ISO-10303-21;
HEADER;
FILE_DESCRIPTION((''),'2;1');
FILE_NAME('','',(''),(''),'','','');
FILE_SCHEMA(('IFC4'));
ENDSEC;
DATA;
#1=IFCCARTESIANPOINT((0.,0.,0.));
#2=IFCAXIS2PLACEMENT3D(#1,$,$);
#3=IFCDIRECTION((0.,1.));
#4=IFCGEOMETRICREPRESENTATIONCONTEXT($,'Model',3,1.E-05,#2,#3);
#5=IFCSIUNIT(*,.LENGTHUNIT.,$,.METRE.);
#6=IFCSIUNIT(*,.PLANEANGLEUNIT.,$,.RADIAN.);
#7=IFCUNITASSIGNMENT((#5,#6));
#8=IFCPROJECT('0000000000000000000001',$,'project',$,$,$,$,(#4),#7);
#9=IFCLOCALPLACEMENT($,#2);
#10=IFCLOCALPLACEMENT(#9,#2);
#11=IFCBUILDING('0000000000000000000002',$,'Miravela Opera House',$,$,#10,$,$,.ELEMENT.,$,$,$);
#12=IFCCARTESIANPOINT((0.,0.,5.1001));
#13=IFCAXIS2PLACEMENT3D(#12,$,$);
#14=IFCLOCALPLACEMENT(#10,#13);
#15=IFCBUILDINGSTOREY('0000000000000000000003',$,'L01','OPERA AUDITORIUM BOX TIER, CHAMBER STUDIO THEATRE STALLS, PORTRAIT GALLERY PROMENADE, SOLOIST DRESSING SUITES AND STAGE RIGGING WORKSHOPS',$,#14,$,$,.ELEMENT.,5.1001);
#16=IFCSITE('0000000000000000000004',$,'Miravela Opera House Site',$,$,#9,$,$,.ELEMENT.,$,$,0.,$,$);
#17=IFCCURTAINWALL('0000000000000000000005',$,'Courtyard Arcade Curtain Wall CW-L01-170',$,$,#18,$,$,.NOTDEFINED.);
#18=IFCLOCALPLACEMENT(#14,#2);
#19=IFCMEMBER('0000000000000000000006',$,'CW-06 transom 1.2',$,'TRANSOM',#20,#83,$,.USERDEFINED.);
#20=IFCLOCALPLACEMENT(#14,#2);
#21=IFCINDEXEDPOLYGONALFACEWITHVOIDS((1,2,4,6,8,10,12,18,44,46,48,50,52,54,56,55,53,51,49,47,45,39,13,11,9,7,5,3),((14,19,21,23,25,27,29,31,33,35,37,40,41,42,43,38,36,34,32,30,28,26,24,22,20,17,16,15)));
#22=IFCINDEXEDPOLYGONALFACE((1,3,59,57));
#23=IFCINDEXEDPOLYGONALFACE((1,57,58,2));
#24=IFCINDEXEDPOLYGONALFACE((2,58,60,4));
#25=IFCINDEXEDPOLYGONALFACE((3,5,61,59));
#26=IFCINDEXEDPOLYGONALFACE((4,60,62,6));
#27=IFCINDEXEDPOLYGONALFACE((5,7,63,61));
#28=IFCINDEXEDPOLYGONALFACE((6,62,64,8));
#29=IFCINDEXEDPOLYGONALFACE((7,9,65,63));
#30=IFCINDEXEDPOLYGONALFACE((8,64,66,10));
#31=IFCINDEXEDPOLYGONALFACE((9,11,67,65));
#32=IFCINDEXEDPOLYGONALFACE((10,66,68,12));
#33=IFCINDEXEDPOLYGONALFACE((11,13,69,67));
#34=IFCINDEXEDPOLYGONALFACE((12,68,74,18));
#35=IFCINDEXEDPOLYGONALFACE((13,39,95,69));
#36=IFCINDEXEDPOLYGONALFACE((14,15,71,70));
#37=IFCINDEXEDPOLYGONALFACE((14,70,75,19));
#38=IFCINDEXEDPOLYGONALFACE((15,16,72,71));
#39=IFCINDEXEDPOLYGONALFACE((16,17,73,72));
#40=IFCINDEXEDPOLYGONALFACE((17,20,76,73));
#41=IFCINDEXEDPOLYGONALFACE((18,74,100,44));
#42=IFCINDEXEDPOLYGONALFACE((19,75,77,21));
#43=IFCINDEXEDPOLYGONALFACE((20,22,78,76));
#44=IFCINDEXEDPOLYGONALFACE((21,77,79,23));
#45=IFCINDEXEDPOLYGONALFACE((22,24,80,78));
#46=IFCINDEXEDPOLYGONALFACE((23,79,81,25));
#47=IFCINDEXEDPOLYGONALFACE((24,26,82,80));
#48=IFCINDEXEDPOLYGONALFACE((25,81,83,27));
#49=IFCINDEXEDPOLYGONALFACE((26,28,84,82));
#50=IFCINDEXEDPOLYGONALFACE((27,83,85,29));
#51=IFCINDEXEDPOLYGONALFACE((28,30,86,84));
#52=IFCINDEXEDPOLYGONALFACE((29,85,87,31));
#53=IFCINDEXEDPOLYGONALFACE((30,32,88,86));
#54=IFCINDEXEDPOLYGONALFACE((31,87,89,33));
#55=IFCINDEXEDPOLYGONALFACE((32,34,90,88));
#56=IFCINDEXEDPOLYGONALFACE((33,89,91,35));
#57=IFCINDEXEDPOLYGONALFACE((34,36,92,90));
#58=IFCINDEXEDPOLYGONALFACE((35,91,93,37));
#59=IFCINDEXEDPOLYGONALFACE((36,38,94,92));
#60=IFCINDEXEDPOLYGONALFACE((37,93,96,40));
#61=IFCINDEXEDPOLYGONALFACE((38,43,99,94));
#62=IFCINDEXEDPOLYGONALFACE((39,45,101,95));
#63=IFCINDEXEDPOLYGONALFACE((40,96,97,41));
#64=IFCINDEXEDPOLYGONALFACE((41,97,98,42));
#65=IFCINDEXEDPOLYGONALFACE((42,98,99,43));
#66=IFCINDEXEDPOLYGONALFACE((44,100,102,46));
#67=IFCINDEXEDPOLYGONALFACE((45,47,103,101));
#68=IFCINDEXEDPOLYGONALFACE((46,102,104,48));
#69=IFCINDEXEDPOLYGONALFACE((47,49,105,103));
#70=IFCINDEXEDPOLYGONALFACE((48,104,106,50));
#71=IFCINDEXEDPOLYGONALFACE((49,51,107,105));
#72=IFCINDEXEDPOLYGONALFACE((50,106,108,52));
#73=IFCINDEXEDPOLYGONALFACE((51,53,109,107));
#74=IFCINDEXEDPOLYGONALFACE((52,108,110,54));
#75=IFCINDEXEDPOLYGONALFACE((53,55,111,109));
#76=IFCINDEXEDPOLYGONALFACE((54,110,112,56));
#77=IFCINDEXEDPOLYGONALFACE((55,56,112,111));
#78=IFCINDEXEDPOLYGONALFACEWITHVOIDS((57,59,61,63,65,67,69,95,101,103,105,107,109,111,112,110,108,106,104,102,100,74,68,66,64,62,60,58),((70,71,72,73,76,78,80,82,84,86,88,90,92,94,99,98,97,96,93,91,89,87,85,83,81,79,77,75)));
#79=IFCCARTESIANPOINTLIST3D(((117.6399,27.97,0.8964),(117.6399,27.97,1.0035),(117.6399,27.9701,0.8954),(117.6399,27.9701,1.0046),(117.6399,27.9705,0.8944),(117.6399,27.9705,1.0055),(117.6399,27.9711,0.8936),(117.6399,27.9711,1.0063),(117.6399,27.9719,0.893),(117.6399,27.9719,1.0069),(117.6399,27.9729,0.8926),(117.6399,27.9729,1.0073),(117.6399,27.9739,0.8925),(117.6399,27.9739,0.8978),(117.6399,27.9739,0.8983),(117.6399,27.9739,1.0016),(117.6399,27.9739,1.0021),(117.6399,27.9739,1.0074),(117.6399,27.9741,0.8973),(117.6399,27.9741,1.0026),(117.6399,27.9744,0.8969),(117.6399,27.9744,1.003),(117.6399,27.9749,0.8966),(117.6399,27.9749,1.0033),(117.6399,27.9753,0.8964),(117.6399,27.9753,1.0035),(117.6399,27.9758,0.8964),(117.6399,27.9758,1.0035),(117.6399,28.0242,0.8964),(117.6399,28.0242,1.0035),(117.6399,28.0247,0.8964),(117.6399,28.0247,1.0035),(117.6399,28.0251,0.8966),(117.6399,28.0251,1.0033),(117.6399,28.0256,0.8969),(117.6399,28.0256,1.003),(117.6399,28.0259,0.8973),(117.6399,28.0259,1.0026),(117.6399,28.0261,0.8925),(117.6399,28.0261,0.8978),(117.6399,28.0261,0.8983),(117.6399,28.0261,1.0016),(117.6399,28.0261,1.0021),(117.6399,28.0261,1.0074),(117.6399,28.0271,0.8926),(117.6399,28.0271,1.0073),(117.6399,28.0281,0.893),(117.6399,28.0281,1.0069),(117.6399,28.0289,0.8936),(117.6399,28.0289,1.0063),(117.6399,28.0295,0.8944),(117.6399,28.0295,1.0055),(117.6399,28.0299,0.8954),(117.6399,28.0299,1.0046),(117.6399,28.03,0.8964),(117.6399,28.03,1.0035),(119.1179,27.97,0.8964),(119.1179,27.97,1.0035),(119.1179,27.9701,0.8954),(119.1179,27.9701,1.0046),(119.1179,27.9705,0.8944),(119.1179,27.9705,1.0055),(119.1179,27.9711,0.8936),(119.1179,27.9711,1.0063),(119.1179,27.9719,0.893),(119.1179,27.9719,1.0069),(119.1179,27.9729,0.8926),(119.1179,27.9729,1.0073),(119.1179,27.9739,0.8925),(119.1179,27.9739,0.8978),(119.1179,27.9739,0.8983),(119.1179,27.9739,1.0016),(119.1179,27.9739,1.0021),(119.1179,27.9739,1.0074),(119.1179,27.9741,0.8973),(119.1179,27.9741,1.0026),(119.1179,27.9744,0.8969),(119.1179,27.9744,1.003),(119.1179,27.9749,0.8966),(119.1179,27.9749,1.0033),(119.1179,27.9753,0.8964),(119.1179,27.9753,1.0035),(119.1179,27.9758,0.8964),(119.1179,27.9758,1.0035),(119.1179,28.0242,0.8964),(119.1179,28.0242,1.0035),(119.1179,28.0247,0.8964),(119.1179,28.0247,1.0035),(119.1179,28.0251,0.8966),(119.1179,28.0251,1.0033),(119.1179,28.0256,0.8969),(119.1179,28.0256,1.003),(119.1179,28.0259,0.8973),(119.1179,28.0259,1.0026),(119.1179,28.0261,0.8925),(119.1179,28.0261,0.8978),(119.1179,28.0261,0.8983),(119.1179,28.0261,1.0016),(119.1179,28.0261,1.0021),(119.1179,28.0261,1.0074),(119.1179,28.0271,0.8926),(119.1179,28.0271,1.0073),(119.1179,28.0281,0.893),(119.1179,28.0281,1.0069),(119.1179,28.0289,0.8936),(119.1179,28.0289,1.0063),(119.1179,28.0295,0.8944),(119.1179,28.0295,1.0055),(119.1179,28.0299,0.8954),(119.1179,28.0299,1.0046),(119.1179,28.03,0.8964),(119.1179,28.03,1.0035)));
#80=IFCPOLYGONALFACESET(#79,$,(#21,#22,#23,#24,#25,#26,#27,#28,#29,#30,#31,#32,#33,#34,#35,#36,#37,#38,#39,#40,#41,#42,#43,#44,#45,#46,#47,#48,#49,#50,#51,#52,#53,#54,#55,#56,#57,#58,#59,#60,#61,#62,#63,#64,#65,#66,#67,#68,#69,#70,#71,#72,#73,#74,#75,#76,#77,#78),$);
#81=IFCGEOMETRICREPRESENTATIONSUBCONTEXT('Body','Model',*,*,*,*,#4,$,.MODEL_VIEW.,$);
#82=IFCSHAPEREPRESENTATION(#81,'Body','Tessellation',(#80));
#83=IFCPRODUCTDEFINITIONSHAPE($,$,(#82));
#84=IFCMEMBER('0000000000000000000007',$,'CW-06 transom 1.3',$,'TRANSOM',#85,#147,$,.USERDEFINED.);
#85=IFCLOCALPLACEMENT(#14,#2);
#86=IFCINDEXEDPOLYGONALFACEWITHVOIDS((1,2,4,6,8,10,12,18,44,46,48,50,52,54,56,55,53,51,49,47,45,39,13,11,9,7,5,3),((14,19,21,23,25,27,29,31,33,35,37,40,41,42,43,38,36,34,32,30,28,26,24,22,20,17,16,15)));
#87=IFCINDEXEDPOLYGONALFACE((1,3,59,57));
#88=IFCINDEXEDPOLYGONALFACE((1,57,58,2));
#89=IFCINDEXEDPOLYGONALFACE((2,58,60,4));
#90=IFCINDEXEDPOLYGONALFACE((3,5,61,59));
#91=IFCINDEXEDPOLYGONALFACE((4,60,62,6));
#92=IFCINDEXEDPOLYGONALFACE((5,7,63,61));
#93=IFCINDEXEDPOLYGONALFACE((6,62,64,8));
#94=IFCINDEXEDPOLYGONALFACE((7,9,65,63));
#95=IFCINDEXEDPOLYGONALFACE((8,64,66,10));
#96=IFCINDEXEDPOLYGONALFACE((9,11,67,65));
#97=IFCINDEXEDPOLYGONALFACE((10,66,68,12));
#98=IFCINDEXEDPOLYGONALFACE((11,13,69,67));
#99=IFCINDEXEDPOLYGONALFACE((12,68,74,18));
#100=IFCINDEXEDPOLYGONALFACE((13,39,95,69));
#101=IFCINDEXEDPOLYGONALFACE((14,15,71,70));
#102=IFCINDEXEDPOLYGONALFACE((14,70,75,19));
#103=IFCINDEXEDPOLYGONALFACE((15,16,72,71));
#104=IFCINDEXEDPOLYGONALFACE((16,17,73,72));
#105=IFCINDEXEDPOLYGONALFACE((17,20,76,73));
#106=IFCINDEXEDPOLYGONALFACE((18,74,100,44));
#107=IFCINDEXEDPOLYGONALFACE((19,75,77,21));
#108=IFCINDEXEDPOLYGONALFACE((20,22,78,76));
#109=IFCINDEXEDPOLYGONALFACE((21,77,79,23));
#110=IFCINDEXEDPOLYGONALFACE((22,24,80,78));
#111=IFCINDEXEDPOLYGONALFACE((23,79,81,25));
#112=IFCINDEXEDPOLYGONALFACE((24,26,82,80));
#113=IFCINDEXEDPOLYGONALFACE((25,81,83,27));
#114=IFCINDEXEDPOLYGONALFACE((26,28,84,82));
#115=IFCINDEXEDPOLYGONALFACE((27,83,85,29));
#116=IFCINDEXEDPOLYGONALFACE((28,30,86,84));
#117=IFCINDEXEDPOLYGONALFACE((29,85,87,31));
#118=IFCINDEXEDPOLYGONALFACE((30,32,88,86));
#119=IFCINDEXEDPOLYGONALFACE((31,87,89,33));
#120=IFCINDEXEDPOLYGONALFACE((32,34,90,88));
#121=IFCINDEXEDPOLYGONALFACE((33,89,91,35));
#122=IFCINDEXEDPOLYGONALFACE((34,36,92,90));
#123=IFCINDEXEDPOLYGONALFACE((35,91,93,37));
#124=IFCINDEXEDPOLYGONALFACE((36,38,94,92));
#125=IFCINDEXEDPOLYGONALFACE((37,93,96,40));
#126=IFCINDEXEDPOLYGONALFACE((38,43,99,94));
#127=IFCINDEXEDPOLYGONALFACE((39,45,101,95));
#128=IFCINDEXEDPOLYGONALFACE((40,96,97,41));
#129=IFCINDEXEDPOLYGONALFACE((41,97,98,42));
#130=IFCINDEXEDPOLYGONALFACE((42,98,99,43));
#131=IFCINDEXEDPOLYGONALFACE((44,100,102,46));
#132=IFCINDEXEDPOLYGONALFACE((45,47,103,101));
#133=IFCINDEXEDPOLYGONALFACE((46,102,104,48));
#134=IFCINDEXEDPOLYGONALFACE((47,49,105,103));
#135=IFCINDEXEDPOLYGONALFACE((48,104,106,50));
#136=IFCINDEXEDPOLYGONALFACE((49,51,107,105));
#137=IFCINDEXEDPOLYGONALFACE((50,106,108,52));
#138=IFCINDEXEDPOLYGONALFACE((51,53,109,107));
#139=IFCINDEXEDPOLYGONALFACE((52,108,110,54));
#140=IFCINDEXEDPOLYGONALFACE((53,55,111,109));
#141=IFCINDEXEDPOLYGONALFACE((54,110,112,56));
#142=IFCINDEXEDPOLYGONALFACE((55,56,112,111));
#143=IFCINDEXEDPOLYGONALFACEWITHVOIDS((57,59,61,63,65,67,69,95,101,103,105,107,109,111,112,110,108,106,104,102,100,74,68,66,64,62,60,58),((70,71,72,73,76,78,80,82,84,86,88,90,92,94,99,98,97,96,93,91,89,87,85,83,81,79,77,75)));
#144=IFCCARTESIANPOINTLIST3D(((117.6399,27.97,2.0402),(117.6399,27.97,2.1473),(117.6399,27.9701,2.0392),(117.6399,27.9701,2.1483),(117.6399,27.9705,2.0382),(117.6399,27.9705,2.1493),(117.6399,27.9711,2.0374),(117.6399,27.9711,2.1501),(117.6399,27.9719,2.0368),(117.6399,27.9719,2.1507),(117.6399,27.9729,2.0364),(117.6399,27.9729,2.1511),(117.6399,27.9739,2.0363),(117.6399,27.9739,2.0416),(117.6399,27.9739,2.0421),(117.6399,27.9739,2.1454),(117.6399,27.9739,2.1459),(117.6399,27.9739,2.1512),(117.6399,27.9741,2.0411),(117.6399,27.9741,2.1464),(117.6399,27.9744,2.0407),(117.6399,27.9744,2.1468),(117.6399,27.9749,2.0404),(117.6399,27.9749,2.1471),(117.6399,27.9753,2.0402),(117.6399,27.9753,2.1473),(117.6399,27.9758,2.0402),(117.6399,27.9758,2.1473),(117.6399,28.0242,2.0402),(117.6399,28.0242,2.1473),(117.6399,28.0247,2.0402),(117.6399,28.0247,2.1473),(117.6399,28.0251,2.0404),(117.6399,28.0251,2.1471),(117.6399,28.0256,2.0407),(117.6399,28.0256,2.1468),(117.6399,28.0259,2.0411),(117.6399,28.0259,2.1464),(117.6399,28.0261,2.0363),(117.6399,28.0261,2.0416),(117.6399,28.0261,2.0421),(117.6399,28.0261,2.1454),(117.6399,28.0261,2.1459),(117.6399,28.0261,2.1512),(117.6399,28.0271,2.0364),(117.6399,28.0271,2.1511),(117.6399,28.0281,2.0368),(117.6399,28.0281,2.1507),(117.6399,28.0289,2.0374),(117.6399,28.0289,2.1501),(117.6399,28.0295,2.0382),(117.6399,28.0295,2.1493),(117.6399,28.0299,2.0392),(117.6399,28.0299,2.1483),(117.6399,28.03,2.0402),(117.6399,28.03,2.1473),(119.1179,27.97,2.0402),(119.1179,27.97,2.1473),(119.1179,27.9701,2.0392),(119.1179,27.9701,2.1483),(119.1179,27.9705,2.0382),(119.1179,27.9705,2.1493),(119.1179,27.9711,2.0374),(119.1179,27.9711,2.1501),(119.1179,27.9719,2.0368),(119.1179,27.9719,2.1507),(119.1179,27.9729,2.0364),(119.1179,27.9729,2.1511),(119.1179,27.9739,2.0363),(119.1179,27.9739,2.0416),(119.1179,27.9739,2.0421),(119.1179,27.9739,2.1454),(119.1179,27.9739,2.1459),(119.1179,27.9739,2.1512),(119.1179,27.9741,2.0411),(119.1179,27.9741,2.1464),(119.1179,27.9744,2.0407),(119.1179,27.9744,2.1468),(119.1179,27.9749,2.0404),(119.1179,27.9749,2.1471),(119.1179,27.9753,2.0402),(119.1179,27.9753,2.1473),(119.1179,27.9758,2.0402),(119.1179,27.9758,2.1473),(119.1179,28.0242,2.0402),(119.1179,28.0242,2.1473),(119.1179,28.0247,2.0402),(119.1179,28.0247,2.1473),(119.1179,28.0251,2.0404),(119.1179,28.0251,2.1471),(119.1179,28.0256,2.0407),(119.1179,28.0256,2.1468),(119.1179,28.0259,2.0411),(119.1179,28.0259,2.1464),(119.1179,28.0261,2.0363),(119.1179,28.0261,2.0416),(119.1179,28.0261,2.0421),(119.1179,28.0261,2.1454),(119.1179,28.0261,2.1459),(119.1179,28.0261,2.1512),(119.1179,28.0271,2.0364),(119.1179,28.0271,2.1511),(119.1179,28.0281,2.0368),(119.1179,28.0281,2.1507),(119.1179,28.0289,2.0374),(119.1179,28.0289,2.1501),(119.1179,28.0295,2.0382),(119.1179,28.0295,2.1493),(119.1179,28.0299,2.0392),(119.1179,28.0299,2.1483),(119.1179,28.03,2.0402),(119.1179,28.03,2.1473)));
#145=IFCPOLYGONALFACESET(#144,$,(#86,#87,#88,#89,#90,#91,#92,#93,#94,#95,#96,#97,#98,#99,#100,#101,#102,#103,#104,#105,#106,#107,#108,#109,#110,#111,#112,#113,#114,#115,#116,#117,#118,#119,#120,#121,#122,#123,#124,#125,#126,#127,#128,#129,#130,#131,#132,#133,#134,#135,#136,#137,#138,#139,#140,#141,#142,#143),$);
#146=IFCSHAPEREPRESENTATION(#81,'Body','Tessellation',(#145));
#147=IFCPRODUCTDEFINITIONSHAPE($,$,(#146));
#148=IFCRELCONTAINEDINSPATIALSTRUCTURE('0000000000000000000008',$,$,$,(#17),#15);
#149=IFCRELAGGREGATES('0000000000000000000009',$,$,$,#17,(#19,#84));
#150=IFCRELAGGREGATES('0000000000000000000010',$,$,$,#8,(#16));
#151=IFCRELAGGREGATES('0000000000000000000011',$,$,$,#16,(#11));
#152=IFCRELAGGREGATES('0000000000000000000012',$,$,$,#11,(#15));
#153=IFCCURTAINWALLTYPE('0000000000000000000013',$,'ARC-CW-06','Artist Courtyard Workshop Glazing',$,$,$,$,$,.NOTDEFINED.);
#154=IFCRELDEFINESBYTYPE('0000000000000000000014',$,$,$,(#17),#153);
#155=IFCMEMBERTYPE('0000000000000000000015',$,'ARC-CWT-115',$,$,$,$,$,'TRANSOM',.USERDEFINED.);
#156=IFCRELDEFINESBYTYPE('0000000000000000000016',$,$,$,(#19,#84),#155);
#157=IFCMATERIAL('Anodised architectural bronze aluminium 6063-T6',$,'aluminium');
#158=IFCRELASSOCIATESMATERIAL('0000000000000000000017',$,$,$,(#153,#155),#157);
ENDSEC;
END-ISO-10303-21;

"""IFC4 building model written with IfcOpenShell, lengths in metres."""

from ifc_helpers import new_model, si_unit, direction, frame, origin, origin_2d, place, context, subcontext, project, spatial, hollow_rectangle, extrude, material, material_profile, profile_set, type_object, element, aggregate, save


model = new_model("IFC4")

# Units and contexts
model_context = context("Model", 3, precision=1e-05, world=origin(), true_north=direction((0.0, 1.0)))
body_context = subcontext(model_context, "Body", "Model", "MODEL_VIEW")
ifc_project = project(units=[si_unit("LENGTHUNIT", "METRE"), si_unit("PLANEANGLEUNIT", "RADIAN")], contexts=[model_context])

# Site, building, storey
site_placement = place(None, origin())
site = spatial("IfcSite", under=ifc_project, at=site_placement, Name="Miravela Opera House Site", CompositionType="ELEMENT", RefElevation=0.0)
building_placement = place(site_placement, origin())
building = spatial("IfcBuilding", under=site, at=building_placement, Name="Miravela Opera House", CompositionType="ELEMENT")
storey_placement = place(building_placement, frame((0.0, 0.0, 5.1001)))
storey = spatial("IfcBuildingStorey", under=building, at=storey_placement, Name="L01", Description="OPERA AUDITORIUM BOX TIER, CHAMBER STUDIO THEATRE STALLS, PORTRAIT GALLERY PROMENADE, SOLOIST DRESSING SUITES AND STAGE RIGGING WORKSHOPS", CompositionType="ELEMENT", Elevation=5.1001)

# Curtain wall, members
ifc_material_1 = material(Name="Anodised architectural bronze aluminium 6063-T6", Category="aluminium")
curtain_wall_type = type_object("IfcCurtainWallType", Name="ARC-CW-06", Description="Artist Courtyard Workshop Glazing", PredefinedType="NOTDEFINED", material=ifc_material_1)
curtain_wall_placement = place(storey_placement, origin())
curtain_wall = element("IfcCurtainWall", 1, at=curtain_wall_placement, inside=storey, type_object=curtain_wall_type, Name="Courtyard Arcade Curtain Wall CW-L01-170", PredefinedType="NOTDEFINED")
ifc_material_profile_1 = material_profile(ifc_material_1, hollow_rectangle(XDim=0.0601, YDim=0.115, WallThickness=0.0039, InnerFilletRadius=0.002, OuterFilletRadius=0.0039, at=origin_2d()), Name="CWT-60X115")
ifc_profile_set_1 = profile_set([ifc_material_profile_1])
member_type_1 = type_object("IfcMemberType", Name="ARC-CWT-115", ElementType="TRANSOM", PredefinedType="USERDEFINED", material=ifc_profile_set_1)
member_1_placement = place(storey_placement, frame((117.6399, 28.0, 0.95), z_axis=(1.0, 0.0, 0.0), x_axis=(0.0, 1.0, 0.0)))
member_1 = element("IfcMember", 2, at=member_1_placement, type_object=member_type_1, Name="CW-06 transom 1.2", ObjectType="TRANSOM", PredefinedType="USERDEFINED", context=body_context, shape_type="SweptSolid", body=[
    extrude(hollow_rectangle(XDim=0.0601, YDim=0.115, WallThickness=0.0039, InnerFilletRadius=0.002, OuterFilletRadius=0.0039, at=origin_2d()), origin(), (0.0, 0.0, 1.0), 1.478),
])
member_2_placement = place(storey_placement, frame((117.6399, 28.0, 2.0938), z_axis=(1.0, 0.0, 0.0), x_axis=(0.0, 1.0, 0.0)))
member_2 = element("IfcMember", 3, at=member_2_placement, type_object=member_type_1, Name="CW-06 transom 1.3", ObjectType="TRANSOM", PredefinedType="USERDEFINED", context=body_context, shape_type="SweptSolid", body=[
    extrude(hollow_rectangle(XDim=0.0601, YDim=0.115, WallThickness=0.0039, InnerFilletRadius=0.002, OuterFilletRadius=0.0039, at=origin_2d()), origin(), (0.0, 0.0, 1.0), 1.478),
])

aggregate(curtain_wall, [member_1, member_2])

save(model, "model.ifc")
